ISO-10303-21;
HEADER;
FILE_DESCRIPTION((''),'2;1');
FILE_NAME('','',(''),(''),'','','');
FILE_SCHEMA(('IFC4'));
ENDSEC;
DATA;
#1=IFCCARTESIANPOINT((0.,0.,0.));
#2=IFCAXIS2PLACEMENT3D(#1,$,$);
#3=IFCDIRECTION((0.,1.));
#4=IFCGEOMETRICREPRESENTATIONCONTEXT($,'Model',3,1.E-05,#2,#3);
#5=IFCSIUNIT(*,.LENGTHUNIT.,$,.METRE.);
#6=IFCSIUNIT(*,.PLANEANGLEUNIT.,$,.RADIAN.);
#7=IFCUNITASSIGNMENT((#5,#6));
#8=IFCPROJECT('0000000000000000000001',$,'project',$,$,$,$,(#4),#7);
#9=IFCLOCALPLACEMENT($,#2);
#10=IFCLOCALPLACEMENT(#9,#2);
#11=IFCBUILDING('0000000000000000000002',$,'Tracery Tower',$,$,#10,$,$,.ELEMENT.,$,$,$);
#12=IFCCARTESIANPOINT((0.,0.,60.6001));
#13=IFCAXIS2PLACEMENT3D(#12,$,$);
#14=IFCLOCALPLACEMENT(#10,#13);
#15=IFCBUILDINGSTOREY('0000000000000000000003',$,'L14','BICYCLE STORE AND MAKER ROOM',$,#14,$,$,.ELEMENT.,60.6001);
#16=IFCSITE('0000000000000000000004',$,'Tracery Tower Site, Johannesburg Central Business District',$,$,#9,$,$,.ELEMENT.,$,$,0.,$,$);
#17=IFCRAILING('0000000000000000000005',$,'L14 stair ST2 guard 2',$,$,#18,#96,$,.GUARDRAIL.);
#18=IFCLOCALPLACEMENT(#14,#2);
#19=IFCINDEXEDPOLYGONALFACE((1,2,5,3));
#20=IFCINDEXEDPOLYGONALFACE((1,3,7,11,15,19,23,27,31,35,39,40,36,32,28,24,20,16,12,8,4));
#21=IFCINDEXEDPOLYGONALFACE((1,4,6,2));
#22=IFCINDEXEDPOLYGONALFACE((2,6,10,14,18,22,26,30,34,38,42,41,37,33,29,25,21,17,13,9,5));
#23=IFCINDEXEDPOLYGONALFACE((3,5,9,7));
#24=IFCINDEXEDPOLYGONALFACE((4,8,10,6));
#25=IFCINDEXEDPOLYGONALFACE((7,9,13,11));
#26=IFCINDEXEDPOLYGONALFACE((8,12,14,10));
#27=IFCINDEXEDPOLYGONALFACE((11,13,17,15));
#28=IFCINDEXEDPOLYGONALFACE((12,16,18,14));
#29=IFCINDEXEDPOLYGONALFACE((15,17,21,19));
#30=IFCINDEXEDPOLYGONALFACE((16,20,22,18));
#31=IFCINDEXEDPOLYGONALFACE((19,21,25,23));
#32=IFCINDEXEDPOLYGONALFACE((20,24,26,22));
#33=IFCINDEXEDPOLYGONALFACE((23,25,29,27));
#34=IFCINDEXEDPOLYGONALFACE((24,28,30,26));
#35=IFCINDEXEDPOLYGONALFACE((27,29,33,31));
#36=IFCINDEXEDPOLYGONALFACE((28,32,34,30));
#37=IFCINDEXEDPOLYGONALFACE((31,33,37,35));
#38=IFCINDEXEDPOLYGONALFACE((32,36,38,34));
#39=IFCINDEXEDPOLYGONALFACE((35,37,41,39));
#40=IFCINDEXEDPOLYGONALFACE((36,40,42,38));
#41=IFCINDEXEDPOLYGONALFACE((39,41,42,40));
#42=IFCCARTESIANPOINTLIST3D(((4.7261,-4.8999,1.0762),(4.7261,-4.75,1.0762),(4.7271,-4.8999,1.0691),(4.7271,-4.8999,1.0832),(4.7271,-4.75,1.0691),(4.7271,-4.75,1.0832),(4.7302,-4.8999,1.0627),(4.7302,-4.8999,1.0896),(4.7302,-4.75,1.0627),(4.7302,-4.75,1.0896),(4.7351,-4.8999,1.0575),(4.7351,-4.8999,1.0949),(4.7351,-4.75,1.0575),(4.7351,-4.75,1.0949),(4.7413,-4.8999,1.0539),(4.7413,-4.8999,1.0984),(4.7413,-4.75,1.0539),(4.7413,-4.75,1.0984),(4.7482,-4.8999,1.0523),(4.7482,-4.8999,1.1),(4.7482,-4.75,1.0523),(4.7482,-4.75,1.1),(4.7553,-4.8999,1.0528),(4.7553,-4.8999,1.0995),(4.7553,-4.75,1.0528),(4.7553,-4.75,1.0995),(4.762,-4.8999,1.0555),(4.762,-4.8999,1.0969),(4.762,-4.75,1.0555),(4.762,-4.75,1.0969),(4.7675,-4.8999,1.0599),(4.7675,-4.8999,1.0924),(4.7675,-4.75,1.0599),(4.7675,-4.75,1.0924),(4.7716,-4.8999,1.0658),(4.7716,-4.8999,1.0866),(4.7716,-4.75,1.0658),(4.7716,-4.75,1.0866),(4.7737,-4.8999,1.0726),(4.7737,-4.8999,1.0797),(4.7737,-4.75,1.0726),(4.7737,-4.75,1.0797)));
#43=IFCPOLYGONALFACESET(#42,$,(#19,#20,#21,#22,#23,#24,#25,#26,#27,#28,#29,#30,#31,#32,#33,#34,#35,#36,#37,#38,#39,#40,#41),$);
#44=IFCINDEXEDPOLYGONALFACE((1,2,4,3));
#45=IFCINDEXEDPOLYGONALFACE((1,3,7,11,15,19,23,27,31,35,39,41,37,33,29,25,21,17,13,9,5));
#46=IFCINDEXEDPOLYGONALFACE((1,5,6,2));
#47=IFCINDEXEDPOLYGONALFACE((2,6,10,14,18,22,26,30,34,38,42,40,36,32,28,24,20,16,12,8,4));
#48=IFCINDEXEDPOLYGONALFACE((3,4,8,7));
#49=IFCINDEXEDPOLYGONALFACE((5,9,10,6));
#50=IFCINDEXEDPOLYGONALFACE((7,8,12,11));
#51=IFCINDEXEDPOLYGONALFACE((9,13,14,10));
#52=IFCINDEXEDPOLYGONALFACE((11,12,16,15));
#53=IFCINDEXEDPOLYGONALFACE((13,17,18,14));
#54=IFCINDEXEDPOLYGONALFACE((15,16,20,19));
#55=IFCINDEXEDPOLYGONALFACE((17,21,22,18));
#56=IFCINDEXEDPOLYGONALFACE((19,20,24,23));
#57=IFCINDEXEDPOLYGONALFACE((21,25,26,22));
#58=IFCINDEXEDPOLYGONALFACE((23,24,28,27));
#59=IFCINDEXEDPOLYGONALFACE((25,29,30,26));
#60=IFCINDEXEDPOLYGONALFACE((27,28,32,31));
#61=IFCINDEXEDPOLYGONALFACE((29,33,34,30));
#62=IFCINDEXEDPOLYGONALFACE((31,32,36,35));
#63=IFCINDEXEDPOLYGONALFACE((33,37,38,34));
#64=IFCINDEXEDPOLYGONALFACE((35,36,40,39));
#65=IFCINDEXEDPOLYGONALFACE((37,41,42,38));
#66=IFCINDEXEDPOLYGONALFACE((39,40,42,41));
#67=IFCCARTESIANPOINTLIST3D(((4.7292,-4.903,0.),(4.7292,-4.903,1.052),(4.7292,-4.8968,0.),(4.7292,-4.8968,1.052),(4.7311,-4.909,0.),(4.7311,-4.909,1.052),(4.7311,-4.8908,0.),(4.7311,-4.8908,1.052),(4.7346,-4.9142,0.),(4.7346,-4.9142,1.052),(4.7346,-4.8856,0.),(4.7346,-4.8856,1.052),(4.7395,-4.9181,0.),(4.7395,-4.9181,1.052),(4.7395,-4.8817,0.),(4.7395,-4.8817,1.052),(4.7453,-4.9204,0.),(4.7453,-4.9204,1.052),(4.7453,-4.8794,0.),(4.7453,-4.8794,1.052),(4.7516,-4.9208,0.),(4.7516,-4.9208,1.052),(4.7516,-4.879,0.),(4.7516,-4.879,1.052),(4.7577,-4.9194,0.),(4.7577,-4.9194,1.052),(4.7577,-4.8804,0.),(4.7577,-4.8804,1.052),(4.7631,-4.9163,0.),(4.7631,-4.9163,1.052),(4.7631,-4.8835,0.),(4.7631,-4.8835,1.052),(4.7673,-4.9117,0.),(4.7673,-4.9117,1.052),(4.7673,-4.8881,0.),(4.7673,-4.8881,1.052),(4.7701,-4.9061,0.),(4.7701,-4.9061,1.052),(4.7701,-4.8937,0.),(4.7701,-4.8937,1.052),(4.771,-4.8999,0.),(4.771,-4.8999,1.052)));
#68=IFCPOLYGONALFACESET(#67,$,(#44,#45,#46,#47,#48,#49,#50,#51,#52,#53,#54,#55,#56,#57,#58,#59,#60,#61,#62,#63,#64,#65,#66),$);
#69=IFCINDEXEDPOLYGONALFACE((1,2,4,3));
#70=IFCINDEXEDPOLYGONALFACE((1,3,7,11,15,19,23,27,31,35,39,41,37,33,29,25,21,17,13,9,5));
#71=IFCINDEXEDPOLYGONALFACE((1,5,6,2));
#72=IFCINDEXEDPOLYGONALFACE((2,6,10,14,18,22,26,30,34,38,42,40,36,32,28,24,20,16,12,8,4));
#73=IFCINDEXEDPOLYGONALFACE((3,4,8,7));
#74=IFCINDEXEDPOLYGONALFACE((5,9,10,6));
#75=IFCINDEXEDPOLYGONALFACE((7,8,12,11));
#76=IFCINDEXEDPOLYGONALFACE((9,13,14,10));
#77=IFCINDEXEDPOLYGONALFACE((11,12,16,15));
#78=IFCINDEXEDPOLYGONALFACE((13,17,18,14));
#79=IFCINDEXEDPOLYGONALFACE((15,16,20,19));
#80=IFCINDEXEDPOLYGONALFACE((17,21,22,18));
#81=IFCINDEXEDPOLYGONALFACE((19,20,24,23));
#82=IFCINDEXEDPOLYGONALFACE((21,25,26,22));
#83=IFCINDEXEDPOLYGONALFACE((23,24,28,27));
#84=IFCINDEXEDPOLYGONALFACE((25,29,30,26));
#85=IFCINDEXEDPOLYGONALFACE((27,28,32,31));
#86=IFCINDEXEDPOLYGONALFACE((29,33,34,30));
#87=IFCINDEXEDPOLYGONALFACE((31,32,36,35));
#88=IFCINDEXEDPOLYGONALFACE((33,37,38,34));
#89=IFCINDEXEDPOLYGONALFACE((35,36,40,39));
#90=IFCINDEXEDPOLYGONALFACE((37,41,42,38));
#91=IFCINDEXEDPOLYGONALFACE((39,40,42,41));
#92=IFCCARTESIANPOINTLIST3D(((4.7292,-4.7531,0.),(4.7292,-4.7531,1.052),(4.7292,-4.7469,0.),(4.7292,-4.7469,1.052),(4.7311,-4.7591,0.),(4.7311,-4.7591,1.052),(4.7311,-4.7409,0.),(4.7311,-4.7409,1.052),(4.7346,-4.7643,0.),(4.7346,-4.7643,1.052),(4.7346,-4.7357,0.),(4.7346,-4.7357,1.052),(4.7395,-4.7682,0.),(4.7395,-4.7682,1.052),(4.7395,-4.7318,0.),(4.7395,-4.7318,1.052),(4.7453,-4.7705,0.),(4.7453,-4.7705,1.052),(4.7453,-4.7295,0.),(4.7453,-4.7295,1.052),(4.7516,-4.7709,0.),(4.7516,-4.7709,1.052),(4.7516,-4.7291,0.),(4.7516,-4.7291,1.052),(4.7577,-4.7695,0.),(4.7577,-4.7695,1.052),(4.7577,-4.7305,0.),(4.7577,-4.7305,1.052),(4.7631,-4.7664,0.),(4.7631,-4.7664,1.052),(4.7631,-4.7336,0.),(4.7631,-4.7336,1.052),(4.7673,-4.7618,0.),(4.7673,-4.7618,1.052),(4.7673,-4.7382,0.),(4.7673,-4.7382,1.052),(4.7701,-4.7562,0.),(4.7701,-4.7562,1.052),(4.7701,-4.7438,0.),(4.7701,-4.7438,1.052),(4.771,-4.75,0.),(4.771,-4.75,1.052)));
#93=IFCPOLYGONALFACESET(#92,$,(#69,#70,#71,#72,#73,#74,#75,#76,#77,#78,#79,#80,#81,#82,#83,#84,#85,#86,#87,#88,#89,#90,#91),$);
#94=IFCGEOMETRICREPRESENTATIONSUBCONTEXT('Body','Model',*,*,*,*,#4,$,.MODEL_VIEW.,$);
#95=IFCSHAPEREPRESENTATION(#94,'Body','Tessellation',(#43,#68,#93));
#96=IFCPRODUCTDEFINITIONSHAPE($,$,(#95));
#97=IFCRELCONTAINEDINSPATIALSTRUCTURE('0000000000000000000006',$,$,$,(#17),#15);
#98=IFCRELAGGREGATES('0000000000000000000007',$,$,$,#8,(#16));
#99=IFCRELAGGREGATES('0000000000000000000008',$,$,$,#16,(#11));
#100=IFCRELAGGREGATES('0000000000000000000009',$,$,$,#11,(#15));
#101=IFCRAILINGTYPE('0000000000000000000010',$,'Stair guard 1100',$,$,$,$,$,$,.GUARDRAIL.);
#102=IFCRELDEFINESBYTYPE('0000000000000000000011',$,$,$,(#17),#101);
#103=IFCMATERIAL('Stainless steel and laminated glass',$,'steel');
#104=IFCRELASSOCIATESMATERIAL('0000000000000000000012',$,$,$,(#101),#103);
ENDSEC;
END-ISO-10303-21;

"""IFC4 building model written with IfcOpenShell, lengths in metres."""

from ifc_helpers import new_model, si_unit, direction, frame, origin, origin_2d, place, context, subcontext, project, spatial, circle, extrude, material, type_object, element, save


model = new_model("IFC4")

# Units and contexts
model_context = context("Model", 3, precision=1e-05, world=origin(), true_north=direction((0.0, 1.0)))
body_context = subcontext(model_context, "Body", "Model", "MODEL_VIEW")
ifc_project = project(units=[si_unit("LENGTHUNIT", "METRE"), si_unit("PLANEANGLEUNIT", "RADIAN")], contexts=[model_context])

# Site, building, storey
site_placement = place(None, origin())
site = spatial("IfcSite", under=ifc_project, at=site_placement, Name="Tracery Tower Site, Johannesburg Central Business District", CompositionType="ELEMENT", RefElevation=0.0)
building_placement = place(site_placement, origin())
building = spatial("IfcBuilding", under=site, at=building_placement, Name="Tracery Tower", CompositionType="ELEMENT")
storey_placement = place(building_placement, frame((0.0, 0.0, 60.6001)))
storey = spatial("IfcBuildingStorey", under=building, at=storey_placement, Name="L14", Description="BICYCLE STORE AND MAKER ROOM", CompositionType="ELEMENT", Elevation=60.6001)

# Railing
ifc_material_1 = material(Name="Stainless steel and laminated glass", Category="steel")
railing_type_1 = type_object("IfcRailingType", Name="Stair guard 1100", PredefinedType="GUARDRAIL", material=ifc_material_1)
railing_1_placement = place(storey_placement, frame((4.75, -4.8999, 0.0)))
element("IfcRailing", 1, at=railing_1_placement, inside=storey, type_object=railing_type_1, Name="L14 stair ST2 guard 2", PredefinedType="GUARDRAIL", context=body_context, shape_type="SweptSolid", body=[
    extrude(circle(Radius=0.0239, at=origin_2d()), frame((0.0, 0.0, 1.0762), z_axis=(0.0, 1.0, 0.0), x_axis=(-1.0, 0.0, 0.0)), (0.0, 0.0, 1.0), 0.1499),
    extrude(circle(Radius=0.021, at=origin_2d()), origin(), (0.0, 0.0, 1.0), 1.052),
    extrude(circle(Radius=0.021, at=origin_2d()), frame((0.0, 0.1499, 0.0)), (0.0, 0.0, 1.0), 1.052),
])

save(model, "model.ifc")
